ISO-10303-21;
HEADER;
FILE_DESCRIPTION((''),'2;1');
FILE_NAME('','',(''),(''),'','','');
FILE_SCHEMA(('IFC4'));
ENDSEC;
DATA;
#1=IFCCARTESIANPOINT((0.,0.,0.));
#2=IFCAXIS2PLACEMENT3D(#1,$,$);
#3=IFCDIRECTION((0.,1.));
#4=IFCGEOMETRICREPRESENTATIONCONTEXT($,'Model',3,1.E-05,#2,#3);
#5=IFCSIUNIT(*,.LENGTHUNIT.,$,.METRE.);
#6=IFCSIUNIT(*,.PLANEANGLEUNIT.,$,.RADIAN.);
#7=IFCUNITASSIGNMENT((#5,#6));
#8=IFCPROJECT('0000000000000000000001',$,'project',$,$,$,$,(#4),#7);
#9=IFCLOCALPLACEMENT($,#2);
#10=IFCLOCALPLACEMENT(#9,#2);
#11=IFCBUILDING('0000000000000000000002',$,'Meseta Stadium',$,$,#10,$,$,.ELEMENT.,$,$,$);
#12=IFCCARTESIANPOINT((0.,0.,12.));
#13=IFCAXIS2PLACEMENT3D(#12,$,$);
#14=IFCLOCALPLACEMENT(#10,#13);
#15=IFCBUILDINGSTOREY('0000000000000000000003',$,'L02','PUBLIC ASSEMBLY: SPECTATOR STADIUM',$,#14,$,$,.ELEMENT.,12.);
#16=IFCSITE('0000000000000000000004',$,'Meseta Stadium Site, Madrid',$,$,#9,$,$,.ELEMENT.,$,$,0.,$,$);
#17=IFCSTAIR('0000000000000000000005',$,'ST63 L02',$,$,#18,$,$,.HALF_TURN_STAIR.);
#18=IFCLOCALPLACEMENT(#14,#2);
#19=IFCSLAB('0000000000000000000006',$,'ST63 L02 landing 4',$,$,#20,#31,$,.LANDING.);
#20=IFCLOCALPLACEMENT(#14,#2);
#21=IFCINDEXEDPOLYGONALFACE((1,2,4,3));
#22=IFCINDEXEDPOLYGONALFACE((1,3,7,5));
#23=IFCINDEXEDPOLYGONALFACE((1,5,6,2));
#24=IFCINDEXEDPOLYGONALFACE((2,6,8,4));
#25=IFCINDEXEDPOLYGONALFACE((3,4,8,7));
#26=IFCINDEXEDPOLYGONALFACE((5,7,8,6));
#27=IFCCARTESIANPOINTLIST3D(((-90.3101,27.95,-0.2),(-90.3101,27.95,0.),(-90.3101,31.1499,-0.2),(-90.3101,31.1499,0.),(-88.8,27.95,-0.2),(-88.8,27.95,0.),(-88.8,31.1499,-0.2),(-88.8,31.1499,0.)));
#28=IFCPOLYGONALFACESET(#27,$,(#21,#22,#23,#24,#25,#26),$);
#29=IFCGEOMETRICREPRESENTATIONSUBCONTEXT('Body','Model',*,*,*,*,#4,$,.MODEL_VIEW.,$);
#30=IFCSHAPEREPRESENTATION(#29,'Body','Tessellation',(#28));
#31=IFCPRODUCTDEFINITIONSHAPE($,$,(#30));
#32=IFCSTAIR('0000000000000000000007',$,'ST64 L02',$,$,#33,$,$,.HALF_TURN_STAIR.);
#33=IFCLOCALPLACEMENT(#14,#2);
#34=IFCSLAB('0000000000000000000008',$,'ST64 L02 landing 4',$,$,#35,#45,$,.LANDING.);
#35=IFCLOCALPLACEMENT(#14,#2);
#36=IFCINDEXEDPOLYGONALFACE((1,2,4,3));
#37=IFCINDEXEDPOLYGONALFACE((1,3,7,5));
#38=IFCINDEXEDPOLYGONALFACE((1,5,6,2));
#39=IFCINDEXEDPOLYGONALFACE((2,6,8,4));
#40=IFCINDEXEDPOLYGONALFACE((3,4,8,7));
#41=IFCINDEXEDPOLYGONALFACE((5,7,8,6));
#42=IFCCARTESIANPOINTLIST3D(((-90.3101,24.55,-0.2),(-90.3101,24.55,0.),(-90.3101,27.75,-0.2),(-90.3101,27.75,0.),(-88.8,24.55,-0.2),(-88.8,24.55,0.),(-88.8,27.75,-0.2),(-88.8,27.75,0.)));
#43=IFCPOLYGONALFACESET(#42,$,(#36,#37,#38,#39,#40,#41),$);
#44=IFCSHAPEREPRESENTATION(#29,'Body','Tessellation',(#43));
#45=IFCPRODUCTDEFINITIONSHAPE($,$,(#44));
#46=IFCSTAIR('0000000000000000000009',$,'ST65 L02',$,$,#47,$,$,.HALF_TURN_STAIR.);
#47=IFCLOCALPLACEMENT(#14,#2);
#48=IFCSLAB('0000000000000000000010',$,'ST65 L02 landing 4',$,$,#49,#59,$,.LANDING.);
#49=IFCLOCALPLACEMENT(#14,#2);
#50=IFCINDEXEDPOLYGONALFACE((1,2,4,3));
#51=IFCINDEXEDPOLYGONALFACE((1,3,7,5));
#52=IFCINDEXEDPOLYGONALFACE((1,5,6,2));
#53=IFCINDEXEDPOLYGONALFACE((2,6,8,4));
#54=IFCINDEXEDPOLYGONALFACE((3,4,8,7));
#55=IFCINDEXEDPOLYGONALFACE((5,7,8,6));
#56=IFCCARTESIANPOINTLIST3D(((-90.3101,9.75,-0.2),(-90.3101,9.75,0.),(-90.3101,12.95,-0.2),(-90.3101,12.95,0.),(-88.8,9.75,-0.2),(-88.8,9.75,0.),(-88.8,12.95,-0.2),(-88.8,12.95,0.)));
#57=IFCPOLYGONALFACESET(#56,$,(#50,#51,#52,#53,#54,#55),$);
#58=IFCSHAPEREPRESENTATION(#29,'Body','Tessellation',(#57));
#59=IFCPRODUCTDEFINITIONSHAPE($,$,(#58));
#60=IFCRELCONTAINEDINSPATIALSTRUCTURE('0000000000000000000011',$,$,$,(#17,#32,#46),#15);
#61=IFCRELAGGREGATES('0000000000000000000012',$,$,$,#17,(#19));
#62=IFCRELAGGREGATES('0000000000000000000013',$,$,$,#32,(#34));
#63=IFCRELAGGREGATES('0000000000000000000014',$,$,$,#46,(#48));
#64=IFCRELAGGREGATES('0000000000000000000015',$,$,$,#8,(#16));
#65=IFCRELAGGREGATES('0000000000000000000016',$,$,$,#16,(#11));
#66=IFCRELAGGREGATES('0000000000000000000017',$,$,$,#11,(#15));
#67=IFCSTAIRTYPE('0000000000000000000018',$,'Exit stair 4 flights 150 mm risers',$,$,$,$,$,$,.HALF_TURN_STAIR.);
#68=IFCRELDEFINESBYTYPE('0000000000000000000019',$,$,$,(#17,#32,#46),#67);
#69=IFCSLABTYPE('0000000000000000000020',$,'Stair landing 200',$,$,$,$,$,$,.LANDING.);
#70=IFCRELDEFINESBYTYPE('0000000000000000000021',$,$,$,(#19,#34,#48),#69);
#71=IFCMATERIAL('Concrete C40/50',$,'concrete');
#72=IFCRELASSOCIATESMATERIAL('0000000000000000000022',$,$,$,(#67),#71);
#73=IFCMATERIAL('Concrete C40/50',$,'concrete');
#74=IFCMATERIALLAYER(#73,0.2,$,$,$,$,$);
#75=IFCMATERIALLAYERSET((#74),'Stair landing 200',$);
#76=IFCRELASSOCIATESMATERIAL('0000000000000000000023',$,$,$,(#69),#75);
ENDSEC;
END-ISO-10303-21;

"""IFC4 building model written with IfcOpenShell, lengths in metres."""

from ifc_helpers import new_model, si_unit, direction, frame, origin, place, context, subcontext, project, spatial, polyline, outline, extrude, material, layer, layer_set, type_object, element, aggregate, save


model = new_model("IFC4")

# Units and contexts
model_context = context("Model", 3, precision=1e-05, world=origin(), true_north=direction((0.0, 1.0)))
body_context = subcontext(model_context, "Body", "Model", "MODEL_VIEW")
ifc_project = project(units=[si_unit("LENGTHUNIT", "METRE"), si_unit("PLANEANGLEUNIT", "RADIAN")], contexts=[model_context])

# Site, building, storey
site_placement = place(None, origin())
site = spatial("IfcSite", under=ifc_project, at=site_placement, Name="Meseta Stadium Site, Madrid", CompositionType="ELEMENT", RefElevation=0.0)
building_placement = place(site_placement, origin())
building = spatial("IfcBuilding", under=site, at=building_placement, Name="Meseta Stadium", CompositionType="ELEMENT")
storey_placement = place(building_placement, frame((0.0, 0.0, 12.0)))
storey = spatial("IfcBuildingStorey", under=building, at=storey_placement, Name="L02", Description="PUBLIC ASSEMBLY: SPECTATOR STADIUM", CompositionType="ELEMENT", Elevation=12.0)

# Stairs, slabs
ifc_material_1 = material(Name="Concrete C40/50", Category="concrete")
stair_type = type_object("IfcStairType", Name="Exit stair 4 flights 150 mm risers", PredefinedType="HALF_TURN_STAIR", material=ifc_material_1)
ifc_material_2 = material(Name="Concrete C40/50", Category="concrete")
ifc_layer = layer(ifc_material_2, 0.2)
ifc_layer_set = layer_set([ifc_layer], Name="Stair landing 200")
slab_type = type_object("IfcSlabType", Name="Stair landing 200", PredefinedType="LANDING", material=ifc_layer_set)
stair_1_placement = place(storey_placement, origin())
stair_1 = element("IfcStair", 1, at=stair_1_placement, inside=storey, type_object=stair_type, Name="ST63 L02", PredefinedType="HALF_TURN_STAIR")
slab_1_placement = place(storey_placement, frame((0.0, 0.0, -0.2)))
slab_1 = element("IfcSlab", 2, at=slab_1_placement, type_object=slab_type, Name="ST63 L02 landing 4", PredefinedType="LANDING", context=body_context, shape_type="SweptSolid", body=[
    extrude(outline(polyline([(-88.8, 31.1499), (-90.3101, 31.1499), (-90.3101, 27.95), (-88.8, 27.95), (-88.8, 31.1499)])), origin(), (0.0, 0.0, 1.0), 0.2),
])
aggregate(stair_1, [slab_1])
stair_2_placement = place(storey_placement, origin())
stair_2 = element("IfcStair", 3, at=stair_2_placement, inside=storey, type_object=stair_type, Name="ST64 L02", PredefinedType="HALF_TURN_STAIR")
slab_2_placement = place(storey_placement, frame((0.0, 0.0, -0.2)))
slab_2 = element("IfcSlab", 4, at=slab_2_placement, type_object=slab_type, Name="ST64 L02 landing 4", PredefinedType="LANDING", context=body_context, shape_type="SweptSolid", body=[
    extrude(outline(polyline([(-88.8, 27.75), (-90.3101, 27.75), (-90.3101, 24.55), (-88.8, 24.55), (-88.8, 27.75)])), origin(), (0.0, 0.0, 1.0), 0.2),
])
aggregate(stair_2, [slab_2])
stair_3_placement = place(storey_placement, origin())
stair_3 = element("IfcStair", 5, at=stair_3_placement, inside=storey, type_object=stair_type, Name="ST65 L02", PredefinedType="HALF_TURN_STAIR")
slab_3_placement = place(storey_placement, frame((0.0, 0.0, -0.2)))
slab_3 = element("IfcSlab", 6, at=slab_3_placement, type_object=slab_type, Name="ST65 L02 landing 4", PredefinedType="LANDING", context=body_context, shape_type="SweptSolid", body=[
    extrude(outline(polyline([(-88.8, 12.95), (-90.3101, 12.95), (-90.3101, 9.75), (-88.8, 9.75), (-88.8, 12.95)])), origin(), (0.0, 0.0, 1.0), 0.2),
])
aggregate(stair_3, [slab_3])

save(model, "model.ifc")
